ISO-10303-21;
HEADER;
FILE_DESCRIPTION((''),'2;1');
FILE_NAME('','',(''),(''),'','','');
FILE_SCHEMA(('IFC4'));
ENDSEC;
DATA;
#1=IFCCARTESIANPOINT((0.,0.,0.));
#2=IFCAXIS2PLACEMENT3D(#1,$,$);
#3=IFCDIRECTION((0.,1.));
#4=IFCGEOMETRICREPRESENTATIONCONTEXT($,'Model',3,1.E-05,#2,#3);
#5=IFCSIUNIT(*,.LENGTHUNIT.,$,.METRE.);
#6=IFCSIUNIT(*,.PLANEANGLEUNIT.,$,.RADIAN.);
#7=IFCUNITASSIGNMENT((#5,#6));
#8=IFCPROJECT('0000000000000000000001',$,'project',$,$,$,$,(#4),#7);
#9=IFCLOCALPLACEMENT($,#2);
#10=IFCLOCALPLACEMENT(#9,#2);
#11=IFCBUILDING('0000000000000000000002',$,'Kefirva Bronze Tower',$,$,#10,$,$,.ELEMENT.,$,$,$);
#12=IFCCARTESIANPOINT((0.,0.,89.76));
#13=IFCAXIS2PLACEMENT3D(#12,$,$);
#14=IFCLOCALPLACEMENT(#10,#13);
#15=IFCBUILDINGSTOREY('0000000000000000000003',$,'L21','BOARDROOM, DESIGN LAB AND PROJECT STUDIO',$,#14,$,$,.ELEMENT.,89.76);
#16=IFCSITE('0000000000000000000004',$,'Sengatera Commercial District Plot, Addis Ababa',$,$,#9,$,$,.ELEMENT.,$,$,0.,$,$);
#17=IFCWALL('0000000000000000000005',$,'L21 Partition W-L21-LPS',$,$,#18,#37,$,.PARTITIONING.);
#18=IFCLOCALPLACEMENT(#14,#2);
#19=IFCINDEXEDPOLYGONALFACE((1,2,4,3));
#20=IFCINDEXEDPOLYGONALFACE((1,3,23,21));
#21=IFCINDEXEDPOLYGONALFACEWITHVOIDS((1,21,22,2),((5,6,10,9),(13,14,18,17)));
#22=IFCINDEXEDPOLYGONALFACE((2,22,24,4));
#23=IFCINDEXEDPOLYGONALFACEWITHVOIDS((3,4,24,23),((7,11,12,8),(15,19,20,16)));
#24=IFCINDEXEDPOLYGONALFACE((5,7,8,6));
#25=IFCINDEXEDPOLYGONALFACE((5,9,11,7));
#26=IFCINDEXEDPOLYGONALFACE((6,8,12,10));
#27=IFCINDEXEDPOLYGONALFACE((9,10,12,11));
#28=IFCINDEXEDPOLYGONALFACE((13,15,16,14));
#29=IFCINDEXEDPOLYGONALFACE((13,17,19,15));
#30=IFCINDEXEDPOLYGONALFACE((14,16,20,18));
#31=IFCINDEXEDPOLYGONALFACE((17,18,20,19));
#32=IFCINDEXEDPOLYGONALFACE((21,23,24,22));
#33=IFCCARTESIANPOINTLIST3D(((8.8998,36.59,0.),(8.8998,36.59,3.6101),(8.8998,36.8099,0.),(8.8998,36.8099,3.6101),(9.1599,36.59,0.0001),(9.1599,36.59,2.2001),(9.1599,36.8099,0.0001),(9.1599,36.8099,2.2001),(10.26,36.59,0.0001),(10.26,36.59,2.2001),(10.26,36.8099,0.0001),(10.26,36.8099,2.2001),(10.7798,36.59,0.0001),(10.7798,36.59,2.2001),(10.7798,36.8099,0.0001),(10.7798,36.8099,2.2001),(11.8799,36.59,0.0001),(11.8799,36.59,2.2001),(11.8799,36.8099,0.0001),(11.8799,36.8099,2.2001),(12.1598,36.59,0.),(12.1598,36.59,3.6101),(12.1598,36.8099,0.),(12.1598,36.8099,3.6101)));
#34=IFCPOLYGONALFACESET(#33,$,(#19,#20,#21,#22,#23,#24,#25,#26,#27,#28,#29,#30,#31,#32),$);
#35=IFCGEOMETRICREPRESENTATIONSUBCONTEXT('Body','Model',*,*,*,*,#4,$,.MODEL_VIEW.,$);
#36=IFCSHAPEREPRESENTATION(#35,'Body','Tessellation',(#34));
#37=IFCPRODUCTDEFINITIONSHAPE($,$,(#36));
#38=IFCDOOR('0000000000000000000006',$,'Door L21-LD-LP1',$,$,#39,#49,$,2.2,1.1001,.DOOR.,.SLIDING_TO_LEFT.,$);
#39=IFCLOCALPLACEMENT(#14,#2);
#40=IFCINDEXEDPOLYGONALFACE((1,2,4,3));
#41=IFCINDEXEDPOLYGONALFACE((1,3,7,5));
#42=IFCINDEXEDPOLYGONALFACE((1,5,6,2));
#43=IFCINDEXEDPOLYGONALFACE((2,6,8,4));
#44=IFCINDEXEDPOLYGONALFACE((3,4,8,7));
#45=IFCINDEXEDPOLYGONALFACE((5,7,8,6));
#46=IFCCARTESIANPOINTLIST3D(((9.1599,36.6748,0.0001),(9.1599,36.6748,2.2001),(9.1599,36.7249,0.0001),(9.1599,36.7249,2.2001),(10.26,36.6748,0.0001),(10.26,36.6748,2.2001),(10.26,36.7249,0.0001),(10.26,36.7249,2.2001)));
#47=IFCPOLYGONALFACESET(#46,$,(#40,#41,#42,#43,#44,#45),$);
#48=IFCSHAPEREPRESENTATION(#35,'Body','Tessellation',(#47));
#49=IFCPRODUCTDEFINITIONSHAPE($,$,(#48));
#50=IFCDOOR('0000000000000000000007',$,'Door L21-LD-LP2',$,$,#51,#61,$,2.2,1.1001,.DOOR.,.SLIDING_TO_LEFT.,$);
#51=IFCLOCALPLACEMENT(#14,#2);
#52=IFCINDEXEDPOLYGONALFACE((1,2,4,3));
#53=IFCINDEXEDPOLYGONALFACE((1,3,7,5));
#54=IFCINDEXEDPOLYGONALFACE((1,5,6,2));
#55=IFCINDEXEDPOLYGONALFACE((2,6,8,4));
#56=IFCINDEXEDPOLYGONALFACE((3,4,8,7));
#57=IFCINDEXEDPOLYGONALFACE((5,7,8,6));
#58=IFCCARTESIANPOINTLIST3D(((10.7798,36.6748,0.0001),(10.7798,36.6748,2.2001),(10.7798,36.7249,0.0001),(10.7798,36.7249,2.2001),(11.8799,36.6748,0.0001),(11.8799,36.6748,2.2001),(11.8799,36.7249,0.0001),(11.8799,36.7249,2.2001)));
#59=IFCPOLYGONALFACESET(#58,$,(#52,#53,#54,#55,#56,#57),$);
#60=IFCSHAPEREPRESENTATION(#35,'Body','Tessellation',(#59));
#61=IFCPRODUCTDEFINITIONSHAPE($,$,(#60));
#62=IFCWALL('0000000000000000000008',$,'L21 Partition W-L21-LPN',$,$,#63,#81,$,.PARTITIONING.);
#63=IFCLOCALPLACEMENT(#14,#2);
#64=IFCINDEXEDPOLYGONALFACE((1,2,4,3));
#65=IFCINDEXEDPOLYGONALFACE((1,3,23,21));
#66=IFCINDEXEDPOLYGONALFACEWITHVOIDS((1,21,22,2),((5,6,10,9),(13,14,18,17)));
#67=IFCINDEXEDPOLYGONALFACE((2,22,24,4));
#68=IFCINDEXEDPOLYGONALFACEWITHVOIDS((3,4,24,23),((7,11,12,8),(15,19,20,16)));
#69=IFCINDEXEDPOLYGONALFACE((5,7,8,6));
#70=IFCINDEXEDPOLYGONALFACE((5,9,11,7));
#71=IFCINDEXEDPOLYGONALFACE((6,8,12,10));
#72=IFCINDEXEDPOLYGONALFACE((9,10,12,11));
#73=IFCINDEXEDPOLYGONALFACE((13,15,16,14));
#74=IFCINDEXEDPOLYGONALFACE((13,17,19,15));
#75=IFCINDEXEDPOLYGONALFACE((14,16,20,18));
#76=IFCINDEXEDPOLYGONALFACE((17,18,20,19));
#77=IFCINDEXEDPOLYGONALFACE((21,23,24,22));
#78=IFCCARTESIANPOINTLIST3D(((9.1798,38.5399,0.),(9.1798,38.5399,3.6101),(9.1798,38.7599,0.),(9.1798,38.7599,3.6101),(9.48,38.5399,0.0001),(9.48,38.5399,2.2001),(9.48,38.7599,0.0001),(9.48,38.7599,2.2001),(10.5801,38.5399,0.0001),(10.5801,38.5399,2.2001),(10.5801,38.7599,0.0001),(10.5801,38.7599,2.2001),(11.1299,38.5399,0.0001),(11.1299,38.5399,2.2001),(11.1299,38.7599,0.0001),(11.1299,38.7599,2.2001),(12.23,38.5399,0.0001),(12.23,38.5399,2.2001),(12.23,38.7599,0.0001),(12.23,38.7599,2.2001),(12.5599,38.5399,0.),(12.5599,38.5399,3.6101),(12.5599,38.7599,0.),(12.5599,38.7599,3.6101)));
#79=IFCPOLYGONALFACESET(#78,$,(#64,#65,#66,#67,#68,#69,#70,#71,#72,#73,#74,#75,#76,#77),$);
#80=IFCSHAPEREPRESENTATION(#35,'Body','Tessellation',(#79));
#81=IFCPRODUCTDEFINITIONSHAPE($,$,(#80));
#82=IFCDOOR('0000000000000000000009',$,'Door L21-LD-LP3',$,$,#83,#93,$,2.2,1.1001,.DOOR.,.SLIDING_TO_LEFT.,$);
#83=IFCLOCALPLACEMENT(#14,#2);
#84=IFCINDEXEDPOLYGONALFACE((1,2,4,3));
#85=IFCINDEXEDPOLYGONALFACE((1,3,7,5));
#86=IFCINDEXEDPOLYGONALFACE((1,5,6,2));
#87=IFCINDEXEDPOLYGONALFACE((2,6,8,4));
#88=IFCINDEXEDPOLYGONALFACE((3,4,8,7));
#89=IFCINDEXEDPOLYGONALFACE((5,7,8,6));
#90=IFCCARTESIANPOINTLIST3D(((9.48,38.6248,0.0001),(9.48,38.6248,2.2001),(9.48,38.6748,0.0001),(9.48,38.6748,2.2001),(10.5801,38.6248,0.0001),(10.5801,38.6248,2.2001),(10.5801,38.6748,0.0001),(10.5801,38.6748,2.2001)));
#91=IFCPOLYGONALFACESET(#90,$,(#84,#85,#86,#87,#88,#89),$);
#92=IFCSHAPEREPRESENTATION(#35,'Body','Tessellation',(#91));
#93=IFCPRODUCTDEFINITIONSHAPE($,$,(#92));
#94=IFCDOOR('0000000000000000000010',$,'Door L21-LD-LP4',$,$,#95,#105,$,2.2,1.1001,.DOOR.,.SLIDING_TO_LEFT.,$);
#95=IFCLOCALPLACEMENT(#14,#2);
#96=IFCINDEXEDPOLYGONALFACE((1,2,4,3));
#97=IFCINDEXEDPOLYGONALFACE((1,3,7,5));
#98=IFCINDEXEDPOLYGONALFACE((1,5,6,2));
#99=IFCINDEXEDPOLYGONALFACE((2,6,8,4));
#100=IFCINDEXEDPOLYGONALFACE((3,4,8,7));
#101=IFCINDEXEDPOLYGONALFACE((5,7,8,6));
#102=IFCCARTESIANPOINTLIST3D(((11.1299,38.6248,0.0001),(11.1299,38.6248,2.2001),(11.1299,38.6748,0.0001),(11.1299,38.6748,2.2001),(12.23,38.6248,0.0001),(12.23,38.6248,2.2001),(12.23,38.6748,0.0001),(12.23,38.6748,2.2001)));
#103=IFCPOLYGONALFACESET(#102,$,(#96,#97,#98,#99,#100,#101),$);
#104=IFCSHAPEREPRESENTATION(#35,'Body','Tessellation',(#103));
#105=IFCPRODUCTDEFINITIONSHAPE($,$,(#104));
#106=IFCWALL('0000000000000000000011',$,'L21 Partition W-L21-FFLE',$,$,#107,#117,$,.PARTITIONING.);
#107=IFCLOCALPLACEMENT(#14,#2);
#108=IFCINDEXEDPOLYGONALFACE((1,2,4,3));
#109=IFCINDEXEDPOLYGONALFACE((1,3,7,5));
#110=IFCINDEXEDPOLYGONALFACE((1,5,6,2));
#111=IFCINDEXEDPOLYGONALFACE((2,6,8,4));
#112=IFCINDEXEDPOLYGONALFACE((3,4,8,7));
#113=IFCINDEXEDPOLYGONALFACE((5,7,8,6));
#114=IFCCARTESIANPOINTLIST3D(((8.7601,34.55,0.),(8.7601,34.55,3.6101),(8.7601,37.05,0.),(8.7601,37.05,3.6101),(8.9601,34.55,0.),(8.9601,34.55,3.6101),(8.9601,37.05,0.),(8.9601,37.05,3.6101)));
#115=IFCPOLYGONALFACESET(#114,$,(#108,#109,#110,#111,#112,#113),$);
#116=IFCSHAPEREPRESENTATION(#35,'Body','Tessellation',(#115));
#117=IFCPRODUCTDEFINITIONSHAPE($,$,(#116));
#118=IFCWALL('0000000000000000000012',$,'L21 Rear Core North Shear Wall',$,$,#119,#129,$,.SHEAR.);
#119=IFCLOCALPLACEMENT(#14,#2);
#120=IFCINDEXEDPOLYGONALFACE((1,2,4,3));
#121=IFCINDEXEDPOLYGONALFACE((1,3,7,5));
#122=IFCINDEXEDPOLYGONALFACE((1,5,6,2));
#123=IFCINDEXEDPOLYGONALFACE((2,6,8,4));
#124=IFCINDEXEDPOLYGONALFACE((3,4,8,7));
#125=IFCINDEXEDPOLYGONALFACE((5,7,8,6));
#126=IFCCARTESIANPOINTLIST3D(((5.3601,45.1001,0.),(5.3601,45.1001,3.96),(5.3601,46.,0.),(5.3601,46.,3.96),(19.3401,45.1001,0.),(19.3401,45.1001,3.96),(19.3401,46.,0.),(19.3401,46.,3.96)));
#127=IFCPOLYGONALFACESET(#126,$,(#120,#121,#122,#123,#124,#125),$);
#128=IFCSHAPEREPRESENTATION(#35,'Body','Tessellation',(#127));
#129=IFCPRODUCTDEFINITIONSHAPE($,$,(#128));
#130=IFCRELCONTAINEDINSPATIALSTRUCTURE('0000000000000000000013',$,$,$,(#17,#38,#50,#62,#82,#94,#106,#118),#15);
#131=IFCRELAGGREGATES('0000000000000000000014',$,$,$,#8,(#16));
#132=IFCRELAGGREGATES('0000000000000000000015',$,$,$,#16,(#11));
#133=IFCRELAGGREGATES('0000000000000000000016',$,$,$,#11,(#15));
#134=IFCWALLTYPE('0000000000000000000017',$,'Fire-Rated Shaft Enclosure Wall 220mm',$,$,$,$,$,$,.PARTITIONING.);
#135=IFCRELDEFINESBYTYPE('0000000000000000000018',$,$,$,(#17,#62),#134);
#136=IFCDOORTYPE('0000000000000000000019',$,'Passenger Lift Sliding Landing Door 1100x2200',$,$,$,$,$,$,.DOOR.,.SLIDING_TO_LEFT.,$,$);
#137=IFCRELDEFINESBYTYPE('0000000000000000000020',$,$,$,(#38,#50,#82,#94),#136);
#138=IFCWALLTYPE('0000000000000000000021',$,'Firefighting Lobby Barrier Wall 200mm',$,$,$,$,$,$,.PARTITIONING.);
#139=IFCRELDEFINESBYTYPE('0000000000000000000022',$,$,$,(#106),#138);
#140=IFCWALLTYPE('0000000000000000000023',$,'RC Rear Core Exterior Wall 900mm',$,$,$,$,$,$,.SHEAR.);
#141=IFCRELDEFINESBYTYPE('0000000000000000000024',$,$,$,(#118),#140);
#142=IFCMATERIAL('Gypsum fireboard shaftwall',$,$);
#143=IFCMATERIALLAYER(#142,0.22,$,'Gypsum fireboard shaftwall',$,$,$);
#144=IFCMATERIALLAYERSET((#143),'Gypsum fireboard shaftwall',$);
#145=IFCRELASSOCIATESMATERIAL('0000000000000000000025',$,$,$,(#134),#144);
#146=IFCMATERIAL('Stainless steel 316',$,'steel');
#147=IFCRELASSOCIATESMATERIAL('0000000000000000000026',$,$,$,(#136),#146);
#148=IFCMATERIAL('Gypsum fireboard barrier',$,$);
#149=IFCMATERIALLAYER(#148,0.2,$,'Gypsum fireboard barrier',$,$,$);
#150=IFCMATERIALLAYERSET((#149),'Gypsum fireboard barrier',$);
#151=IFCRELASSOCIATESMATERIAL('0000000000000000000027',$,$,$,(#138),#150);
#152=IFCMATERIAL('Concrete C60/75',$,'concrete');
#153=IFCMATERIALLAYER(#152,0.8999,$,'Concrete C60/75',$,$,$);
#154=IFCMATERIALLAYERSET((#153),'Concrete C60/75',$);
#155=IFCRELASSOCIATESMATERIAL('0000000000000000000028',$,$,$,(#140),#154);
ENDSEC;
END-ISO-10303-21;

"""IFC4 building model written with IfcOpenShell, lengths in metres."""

from ifc_helpers import new_model, si_unit, direction, frame, frame_2d, origin, place, context, subcontext, project, spatial, rectangle, extrude, material, layer, layer_set, type_object, element, fill, save


model = new_model("IFC4")

# Units and contexts
model_context = context("Model", 3, precision=1e-05, world=origin(), true_north=direction((0.0, 1.0)))
body_context = subcontext(model_context, "Body", "Model", "MODEL_VIEW")
ifc_project = project(units=[si_unit("LENGTHUNIT", "METRE"), si_unit("PLANEANGLEUNIT", "RADIAN")], contexts=[model_context])

# Site, building, storey
site_placement = place(None, origin())
site = spatial("IfcSite", under=ifc_project, at=site_placement, Name="Sengatera Commercial District Plot, Addis Ababa", CompositionType="ELEMENT", RefElevation=0.0)
building_placement = place(site_placement, origin())
building = spatial("IfcBuilding", under=site, at=building_placement, Name="Kefirva Bronze Tower", CompositionType="ELEMENT")
storey_placement = place(building_placement, frame((0.0, 0.0, 89.76)))
storey = spatial("IfcBuildingStorey", under=building, at=storey_placement, Name="L21", Description="BOARDROOM, DESIGN LAB AND PROJECT STUDIO", CompositionType="ELEMENT", Elevation=89.76)

# Shared definitions
ifc_material_1 = material(Name="Concrete C60/75", Category="concrete")

# Shared definitions
ifc_material_2 = material(Name="Gypsum fireboard shaftwall")
ifc_layer_1 = layer(ifc_material_2, 0.22, Name="Gypsum fireboard shaftwall")
ifc_layer_set_1 = layer_set([ifc_layer_1], Name="Gypsum fireboard shaftwall")
wall_type_1 = type_object("IfcWallType", Name="Fire-Rated Shaft Enclosure Wall 220mm", PredefinedType="PARTITIONING", material=ifc_layer_set_1)
ifc_material_3 = material(Name="Stainless steel 316", Category="steel")

# Walls, openings, doors
wall_1_placement = place(storey_placement, frame((8.8999, 36.7, 0.0), z_axis=(0.0, 0.0, 1.0), x_axis=(1.0, 0.0, 0.0)))
wall_1 = element("IfcWall", 1, at=wall_1_placement, inside=storey, type_object=wall_type_1, Name="L21 Partition W-L21-LPS", PredefinedType="PARTITIONING", context=body_context, shape_type="SweptSolid", body=[
    extrude(rectangle(XDim=3.26, YDim=0.22, at=frame_2d((1.6299, 0.0))), origin(), (0.0, 0.0, 1.0), 3.6101),
])
opening_1_placement = place(wall_1_placement, frame((0.26, 0.0, 0.0)))
opening_1 = element("IfcOpeningElement", 2, at=opening_1_placement, cuts=wall_1, PredefinedType="OPENING", context=body_context, shape_type="SweptSolid", body=[
    extrude(rectangle(XDim=1.1001, YDim=2.2, at=frame_2d((0.55, 1.1001))), frame((0.0, 0.1201, 0.0), z_axis=(0.0, -1.0, 0.0), x_axis=(1.0, 0.0, 0.0)), (0.0, 0.0, 1.0), 0.24),
])
opening_2_placement = place(wall_1_placement, frame((1.8799, 0.0, 0.0)))
opening_2 = element("IfcOpeningElement", 3, at=opening_2_placement, cuts=wall_1, PredefinedType="OPENING", context=body_context, shape_type="SweptSolid", body=[
    extrude(rectangle(XDim=1.1001, YDim=2.2, at=frame_2d((0.55, 1.1001))), frame((0.0, 0.1201, 0.0), z_axis=(0.0, -1.0, 0.0), x_axis=(1.0, 0.0, 0.0)), (0.0, 0.0, 1.0), 0.24),
])
door_type_1 = type_object("IfcDoorType", Name="Passenger Lift Sliding Landing Door 1100x2200", OperationType="SLIDING_TO_LEFT", PredefinedType="DOOR", material=ifc_material_3)
door_1_placement = place(opening_1_placement, origin())
door_1 = element("IfcDoor", 4, at=door_1_placement, inside=storey, type_object=door_type_1, Name="Door L21-LD-LP1", OperationType="SLIDING_TO_LEFT", OverallHeight=2.2, OverallWidth=1.1001, PredefinedType="DOOR", context=body_context, shape_type="SweptSolid", body=[
    extrude(rectangle(XDim=1.1001, YDim=2.2, at=frame_2d((0.55, 1.1001))), frame((0.0, 0.0249, 0.0), z_axis=(0.0, -1.0, 0.0), x_axis=(1.0, 0.0, 0.0)), (0.0, 0.0, 1.0), 0.05),
])
fill(opening_1, door_1)
door_2_placement = place(opening_2_placement, origin())
door_2 = element("IfcDoor", 5, at=door_2_placement, inside=storey, type_object=door_type_1, Name="Door L21-LD-LP2", OperationType="SLIDING_TO_LEFT", OverallHeight=2.2, OverallWidth=1.1001, PredefinedType="DOOR", context=body_context, shape_type="SweptSolid", body=[
    extrude(rectangle(XDim=1.1001, YDim=2.2, at=frame_2d((0.55, 1.1001))), frame((0.0, 0.0249, 0.0), z_axis=(0.0, -1.0, 0.0), x_axis=(1.0, 0.0, 0.0)), (0.0, 0.0, 1.0), 0.05),
])
fill(opening_2, door_2)
wall_2_placement = place(storey_placement, frame((9.1799, 38.6499, 0.0), z_axis=(0.0, 0.0, 1.0), x_axis=(1.0, 0.0, 0.0)))
wall_2 = element("IfcWall", 6, at=wall_2_placement, inside=storey, type_object=wall_type_1, Name="L21 Partition W-L21-LPN", PredefinedType="PARTITIONING", context=body_context, shape_type="SweptSolid", body=[
    extrude(rectangle(XDim=3.3801, YDim=0.22, at=frame_2d((1.6899, 0.0))), origin(), (0.0, 0.0, 1.0), 3.6101),
])
opening_3_placement = place(wall_2_placement, frame((0.3, 0.0, 0.0)))
opening_3 = element("IfcOpeningElement", 7, at=opening_3_placement, cuts=wall_2, PredefinedType="OPENING", context=body_context, shape_type="SweptSolid", body=[
    extrude(rectangle(XDim=1.1001, YDim=2.2, at=frame_2d((0.55, 1.1001))), frame((0.0, 0.1201, 0.0), z_axis=(0.0, -1.0, 0.0), x_axis=(1.0, 0.0, 0.0)), (0.0, 0.0, 1.0), 0.24),
])
opening_4_placement = place(wall_2_placement, frame((1.95, 0.0, 0.0)))
opening_4 = element("IfcOpeningElement", 8, at=opening_4_placement, cuts=wall_2, PredefinedType="OPENING", context=body_context, shape_type="SweptSolid", body=[
    extrude(rectangle(XDim=1.1001, YDim=2.2, at=frame_2d((0.55, 1.1001))), frame((0.0, 0.1201, 0.0), z_axis=(0.0, -1.0, 0.0), x_axis=(1.0, 0.0, 0.0)), (0.0, 0.0, 1.0), 0.24),
])
door_3_placement = place(opening_3_placement, origin())
door_3 = element("IfcDoor", 9, at=door_3_placement, inside=storey, type_object=door_type_1, Name="Door L21-LD-LP3", OperationType="SLIDING_TO_LEFT", OverallHeight=2.2, OverallWidth=1.1001, PredefinedType="DOOR", context=body_context, shape_type="SweptSolid", body=[
    extrude(rectangle(XDim=1.1001, YDim=2.2, at=frame_2d((0.55, 1.1001))), frame((0.0, 0.0249, 0.0), z_axis=(0.0, -1.0, 0.0), x_axis=(1.0, 0.0, 0.0)), (0.0, 0.0, 1.0), 0.05),
])
fill(opening_3, door_3)
door_4_placement = place(opening_4_placement, origin())
door_4 = element("IfcDoor", 10, at=door_4_placement, inside=storey, type_object=door_type_1, Name="Door L21-LD-LP4", OperationType="SLIDING_TO_LEFT", OverallHeight=2.2, OverallWidth=1.1001, PredefinedType="DOOR", context=body_context, shape_type="SweptSolid", body=[
    extrude(rectangle(XDim=1.1001, YDim=2.2, at=frame_2d((0.55, 1.1001))), frame((0.0, 0.0249, 0.0), z_axis=(0.0, -1.0, 0.0), x_axis=(1.0, 0.0, 0.0)), (0.0, 0.0, 1.0), 0.05),
])
fill(opening_4, door_4)

# Walls
ifc_material_4 = material(Name="Gypsum fireboard barrier")
ifc_layer_2 = layer(ifc_material_4, 0.2, Name="Gypsum fireboard barrier")
ifc_layer_set_2 = layer_set([ifc_layer_2], Name="Gypsum fireboard barrier")
wall_type_2 = type_object("IfcWallType", Name="Firefighting Lobby Barrier Wall 200mm", PredefinedType="PARTITIONING", material=ifc_layer_set_2)
wall_3_placement = place(storey_placement, frame((8.8601, 34.55, 0.0), z_axis=(0.0, 0.0, 1.0), x_axis=(0.0, 1.0, 0.0)))
element("IfcWall", 11, at=wall_3_placement, inside=storey, type_object=wall_type_2, Name="L21 Partition W-L21-FFLE", PredefinedType="PARTITIONING", context=body_context, shape_type="SweptSolid", body=[
    extrude(rectangle(XDim=2.5, YDim=0.2, at=frame_2d((1.25, 0.0))), origin(), (0.0, 0.0, 1.0), 3.6101),
])
ifc_layer_3 = layer(ifc_material_1, 0.8999, Name="Concrete C60/75")
ifc_layer_set_3 = layer_set([ifc_layer_3], Name="Concrete C60/75")
wall_type_3 = type_object("IfcWallType", Name="RC Rear Core Exterior Wall 900mm", PredefinedType="SHEAR", material=ifc_layer_set_3)
wall_4_placement = place(storey_placement, frame((5.3601, 45.55, 0.0), z_axis=(0.0, 0.0, 1.0), x_axis=(1.0, 0.0, 0.0)))
element("IfcWall", 12, at=wall_4_placement, inside=storey, type_object=wall_type_3, Name="L21 Rear Core North Shear Wall", PredefinedType="SHEAR", context=body_context, shape_type="SweptSolid", body=[
    extrude(rectangle(XDim=13.98, YDim=0.8999, at=frame_2d((6.99, 0.0))), origin(), (0.0, 0.0, 1.0), 3.96),
])

save(model, "model.ifc")
